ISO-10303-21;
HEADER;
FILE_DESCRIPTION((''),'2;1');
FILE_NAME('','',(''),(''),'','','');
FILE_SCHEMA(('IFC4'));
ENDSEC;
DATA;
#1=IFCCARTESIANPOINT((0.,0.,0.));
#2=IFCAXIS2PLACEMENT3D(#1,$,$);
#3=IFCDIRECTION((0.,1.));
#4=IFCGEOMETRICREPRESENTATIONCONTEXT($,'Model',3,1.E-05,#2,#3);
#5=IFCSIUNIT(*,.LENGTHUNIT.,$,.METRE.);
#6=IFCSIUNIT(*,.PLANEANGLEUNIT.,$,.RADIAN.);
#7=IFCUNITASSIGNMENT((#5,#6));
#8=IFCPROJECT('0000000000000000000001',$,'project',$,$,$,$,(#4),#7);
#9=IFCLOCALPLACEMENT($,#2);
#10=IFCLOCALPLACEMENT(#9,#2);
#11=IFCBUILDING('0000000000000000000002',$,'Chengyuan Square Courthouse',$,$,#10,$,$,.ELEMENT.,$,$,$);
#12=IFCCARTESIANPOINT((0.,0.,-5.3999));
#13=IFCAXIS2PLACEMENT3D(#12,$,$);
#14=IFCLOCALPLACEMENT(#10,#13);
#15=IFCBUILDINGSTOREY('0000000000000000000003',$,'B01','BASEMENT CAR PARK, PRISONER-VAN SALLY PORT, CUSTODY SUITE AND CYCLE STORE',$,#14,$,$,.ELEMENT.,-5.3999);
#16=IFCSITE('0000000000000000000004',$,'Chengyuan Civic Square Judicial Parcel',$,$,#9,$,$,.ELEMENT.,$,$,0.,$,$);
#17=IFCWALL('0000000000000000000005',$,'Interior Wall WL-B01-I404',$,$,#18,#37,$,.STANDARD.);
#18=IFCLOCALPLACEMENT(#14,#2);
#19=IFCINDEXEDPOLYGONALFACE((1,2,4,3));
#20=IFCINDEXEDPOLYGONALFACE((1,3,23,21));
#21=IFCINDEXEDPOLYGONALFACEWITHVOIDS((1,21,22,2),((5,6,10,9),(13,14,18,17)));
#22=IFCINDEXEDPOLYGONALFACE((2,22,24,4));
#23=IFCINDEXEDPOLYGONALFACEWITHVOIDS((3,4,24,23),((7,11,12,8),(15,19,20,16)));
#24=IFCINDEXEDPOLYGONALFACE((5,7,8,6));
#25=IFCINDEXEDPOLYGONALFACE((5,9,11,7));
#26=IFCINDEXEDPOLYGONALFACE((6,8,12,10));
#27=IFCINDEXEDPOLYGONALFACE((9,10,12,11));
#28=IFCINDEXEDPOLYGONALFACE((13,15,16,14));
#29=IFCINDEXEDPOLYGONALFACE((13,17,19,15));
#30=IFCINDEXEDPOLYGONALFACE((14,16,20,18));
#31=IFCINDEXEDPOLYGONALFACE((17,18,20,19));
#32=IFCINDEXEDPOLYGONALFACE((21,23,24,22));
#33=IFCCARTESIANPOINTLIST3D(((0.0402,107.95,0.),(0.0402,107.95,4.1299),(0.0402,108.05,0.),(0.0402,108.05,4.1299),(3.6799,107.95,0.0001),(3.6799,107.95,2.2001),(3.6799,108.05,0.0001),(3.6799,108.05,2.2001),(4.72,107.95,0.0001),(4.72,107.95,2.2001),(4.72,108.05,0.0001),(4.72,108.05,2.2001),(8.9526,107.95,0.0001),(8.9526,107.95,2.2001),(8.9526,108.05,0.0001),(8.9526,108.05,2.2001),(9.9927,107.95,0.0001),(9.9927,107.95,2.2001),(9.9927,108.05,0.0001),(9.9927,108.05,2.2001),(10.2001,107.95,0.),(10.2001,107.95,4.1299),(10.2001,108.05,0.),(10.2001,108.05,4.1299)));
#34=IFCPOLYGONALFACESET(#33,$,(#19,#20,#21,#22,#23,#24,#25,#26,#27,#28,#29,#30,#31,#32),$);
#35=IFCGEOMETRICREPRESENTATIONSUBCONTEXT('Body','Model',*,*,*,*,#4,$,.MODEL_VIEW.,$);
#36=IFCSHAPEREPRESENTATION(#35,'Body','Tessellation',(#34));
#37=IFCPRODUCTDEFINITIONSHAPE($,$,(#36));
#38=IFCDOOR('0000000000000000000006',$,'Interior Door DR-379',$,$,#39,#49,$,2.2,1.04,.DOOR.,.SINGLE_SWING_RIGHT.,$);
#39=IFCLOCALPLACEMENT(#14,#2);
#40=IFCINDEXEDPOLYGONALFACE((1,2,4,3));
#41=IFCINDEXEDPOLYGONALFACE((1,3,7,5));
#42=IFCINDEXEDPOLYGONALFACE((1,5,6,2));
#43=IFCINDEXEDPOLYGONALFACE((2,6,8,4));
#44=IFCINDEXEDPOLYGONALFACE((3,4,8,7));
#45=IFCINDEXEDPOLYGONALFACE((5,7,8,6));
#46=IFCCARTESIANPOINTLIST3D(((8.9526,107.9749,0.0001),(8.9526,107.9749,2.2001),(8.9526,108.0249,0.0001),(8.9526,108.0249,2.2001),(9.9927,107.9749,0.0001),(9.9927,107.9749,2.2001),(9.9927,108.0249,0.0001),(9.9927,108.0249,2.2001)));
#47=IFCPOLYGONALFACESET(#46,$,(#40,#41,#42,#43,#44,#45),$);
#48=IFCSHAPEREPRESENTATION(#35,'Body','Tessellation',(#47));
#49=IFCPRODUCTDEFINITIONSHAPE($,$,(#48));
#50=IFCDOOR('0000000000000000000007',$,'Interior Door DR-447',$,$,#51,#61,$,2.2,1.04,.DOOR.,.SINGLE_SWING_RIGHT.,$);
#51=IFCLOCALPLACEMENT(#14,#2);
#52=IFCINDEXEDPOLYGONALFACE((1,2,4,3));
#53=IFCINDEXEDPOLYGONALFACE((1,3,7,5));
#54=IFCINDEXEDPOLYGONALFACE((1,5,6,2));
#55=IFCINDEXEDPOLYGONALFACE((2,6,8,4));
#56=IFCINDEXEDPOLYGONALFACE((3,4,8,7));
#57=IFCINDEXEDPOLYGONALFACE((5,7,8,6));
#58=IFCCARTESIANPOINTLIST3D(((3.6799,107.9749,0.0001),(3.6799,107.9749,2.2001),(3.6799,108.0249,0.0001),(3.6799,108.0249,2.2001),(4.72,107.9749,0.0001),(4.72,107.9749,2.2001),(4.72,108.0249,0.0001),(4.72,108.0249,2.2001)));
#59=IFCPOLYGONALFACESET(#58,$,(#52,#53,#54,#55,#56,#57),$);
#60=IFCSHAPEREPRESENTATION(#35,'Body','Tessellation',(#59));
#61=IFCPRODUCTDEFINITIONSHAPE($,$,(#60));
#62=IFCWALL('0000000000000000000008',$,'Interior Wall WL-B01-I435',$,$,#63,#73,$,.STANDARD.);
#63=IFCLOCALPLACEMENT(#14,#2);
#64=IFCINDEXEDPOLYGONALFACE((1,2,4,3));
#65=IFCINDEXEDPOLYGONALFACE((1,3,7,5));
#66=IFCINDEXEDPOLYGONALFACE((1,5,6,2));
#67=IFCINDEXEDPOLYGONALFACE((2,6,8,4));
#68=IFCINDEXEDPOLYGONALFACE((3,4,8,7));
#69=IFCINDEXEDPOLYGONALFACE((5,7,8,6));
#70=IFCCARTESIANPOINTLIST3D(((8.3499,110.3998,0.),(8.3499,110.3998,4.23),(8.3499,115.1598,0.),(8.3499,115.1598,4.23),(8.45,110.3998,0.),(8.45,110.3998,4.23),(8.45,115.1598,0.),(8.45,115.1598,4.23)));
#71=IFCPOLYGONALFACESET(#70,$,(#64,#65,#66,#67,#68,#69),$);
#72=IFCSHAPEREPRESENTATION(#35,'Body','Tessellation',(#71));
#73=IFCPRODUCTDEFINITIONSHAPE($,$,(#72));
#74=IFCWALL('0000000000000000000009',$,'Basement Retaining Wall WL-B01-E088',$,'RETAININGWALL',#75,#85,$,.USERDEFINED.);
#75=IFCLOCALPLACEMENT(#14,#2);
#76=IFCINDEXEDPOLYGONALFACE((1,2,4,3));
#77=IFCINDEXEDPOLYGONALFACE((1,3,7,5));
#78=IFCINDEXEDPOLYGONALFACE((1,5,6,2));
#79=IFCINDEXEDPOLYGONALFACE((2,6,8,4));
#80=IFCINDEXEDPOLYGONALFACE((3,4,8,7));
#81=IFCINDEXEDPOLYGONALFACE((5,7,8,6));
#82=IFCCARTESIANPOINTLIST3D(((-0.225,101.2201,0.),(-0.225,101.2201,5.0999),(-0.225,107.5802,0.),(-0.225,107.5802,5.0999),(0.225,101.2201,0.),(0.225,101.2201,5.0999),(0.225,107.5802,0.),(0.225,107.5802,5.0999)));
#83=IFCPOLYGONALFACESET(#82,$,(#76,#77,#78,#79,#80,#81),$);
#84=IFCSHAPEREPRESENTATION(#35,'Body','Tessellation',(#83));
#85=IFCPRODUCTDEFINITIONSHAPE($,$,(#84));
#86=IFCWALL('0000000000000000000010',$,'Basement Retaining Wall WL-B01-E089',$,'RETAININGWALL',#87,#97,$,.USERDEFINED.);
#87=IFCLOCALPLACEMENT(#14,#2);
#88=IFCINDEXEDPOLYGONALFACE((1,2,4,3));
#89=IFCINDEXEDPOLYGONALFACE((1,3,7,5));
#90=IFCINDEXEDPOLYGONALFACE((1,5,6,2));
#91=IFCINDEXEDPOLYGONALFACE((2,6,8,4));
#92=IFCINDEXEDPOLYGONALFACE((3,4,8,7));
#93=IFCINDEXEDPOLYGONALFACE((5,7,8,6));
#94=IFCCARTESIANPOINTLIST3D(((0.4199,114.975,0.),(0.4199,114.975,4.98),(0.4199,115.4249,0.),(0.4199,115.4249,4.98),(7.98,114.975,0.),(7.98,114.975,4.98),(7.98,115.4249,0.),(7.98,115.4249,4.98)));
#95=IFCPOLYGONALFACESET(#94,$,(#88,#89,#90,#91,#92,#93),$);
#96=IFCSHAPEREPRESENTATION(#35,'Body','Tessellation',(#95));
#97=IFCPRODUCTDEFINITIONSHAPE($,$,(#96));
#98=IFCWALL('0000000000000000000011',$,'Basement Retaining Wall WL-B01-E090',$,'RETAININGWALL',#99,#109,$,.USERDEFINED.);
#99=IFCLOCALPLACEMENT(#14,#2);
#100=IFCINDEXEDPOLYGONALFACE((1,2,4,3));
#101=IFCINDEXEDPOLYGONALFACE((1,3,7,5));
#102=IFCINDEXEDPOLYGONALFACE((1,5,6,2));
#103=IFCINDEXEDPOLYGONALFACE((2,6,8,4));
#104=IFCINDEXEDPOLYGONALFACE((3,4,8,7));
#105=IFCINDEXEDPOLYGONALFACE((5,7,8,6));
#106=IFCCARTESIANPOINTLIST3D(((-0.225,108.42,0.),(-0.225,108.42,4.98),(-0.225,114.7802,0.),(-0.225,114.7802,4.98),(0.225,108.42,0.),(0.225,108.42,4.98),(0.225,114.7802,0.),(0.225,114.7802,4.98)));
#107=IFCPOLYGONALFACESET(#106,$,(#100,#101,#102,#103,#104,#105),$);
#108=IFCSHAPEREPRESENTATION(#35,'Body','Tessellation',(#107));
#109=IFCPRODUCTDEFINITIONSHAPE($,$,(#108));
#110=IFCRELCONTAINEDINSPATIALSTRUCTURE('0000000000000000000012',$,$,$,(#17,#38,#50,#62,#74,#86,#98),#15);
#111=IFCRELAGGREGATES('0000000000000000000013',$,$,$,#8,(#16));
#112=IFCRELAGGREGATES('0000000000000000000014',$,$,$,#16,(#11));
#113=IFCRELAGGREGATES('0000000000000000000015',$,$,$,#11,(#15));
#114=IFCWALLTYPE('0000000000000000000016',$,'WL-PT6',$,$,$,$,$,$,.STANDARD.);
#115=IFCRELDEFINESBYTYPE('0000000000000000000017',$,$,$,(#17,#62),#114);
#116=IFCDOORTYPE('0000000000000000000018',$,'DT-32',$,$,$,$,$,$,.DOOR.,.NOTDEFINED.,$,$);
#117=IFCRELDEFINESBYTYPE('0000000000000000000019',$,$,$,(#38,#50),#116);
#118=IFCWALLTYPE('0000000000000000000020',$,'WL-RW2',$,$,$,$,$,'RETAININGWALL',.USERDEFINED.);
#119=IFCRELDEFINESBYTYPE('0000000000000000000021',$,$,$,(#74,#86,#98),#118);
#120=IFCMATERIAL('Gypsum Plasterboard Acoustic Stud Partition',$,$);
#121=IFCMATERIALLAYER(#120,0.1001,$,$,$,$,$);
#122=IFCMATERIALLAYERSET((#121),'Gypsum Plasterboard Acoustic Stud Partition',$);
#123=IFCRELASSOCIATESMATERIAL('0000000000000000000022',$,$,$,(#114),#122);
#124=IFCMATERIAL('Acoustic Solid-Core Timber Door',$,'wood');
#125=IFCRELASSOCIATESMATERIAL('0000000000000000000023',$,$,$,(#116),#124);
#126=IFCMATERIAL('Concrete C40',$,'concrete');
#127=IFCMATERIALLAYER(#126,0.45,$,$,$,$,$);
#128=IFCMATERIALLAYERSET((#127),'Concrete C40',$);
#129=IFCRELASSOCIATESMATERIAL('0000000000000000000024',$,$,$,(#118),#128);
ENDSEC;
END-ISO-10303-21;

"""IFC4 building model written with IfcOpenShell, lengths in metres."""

from ifc_helpers import new_model, si_unit, direction, frame, frame_2d, origin, place, context, subcontext, project, spatial, rectangle, extrude, material, layer, layer_set, type_object, element, fill, save


model = new_model("IFC4")

# Units and contexts
model_context = context("Model", 3, precision=1e-05, world=origin(), true_north=direction((0.0, 1.0)))
body_context = subcontext(model_context, "Body", "Model", "MODEL_VIEW")
ifc_project = project(units=[si_unit("LENGTHUNIT", "METRE"), si_unit("PLANEANGLEUNIT", "RADIAN")], contexts=[model_context])

# Site, building, storey
site_placement = place(None, origin())
site = spatial("IfcSite", under=ifc_project, at=site_placement, Name="Chengyuan Civic Square Judicial Parcel", CompositionType="ELEMENT", RefElevation=0.0)
building_placement = place(site_placement, origin())
building = spatial("IfcBuilding", under=site, at=building_placement, Name="Chengyuan Square Courthouse", CompositionType="ELEMENT")
storey_placement = place(building_placement, frame((0.0, 0.0, -5.3999)))
storey = spatial("IfcBuildingStorey", under=building, at=storey_placement, Name="B01", Description="BASEMENT CAR PARK, PRISONER-VAN SALLY PORT, CUSTODY SUITE AND CYCLE STORE", CompositionType="ELEMENT", Elevation=-5.3999)

# Shared definitions
ifc_material_1 = material(Name="Concrete C40", Category="concrete")

# Shared definitions
ifc_material_2 = material(Name="Gypsum Plasterboard Acoustic Stud Partition")
ifc_layer_1 = layer(ifc_material_2, 0.1001)
ifc_layer_set_1 = layer_set([ifc_layer_1], Name="Gypsum Plasterboard Acoustic Stud Partition")
wall_type_1 = type_object("IfcWallType", Name="WL-PT6", PredefinedType="STANDARD", material=ifc_layer_set_1)
ifc_material_3 = material(Name="Acoustic Solid-Core Timber Door", Category="wood")

# Wall, openings, doors
wall_1_placement = place(storey_placement, frame((0.04, 108.0, 0.0), z_axis=(0.0, 0.0, 1.0), x_axis=(1.0, 0.0, 0.0)))
wall_1 = element("IfcWall", 1, at=wall_1_placement, inside=storey, type_object=wall_type_1, Name="Interior Wall WL-B01-I404", PredefinedType="STANDARD", context=body_context, shape_type="SweptSolid", body=[
    extrude(rectangle(XDim=10.1599, YDim=0.1001, at=frame_2d((5.0801, 0.0))), origin(), (0.0, 0.0, 1.0), 4.1299),
])
opening_1_placement = place(wall_1_placement, frame((8.9126, 0.0, 0.0)))
opening_1 = element("IfcOpeningElement", 2, at=opening_1_placement, cuts=wall_1, PredefinedType="OPENING", context=body_context, shape_type="SweptSolid", body=[
    extrude(rectangle(XDim=1.04, YDim=2.2, at=frame_2d((0.52, 1.1001))), frame((0.0, 0.062, 0.0), z_axis=(0.0, -1.0, 0.0), x_axis=(1.0, 0.0, 0.0)), (0.0, 0.0, 1.0), 0.124),
])
opening_2_placement = place(wall_1_placement, frame((3.6399, 0.0, 0.0)))
opening_2 = element("IfcOpeningElement", 3, at=opening_2_placement, cuts=wall_1, PredefinedType="OPENING", context=body_context, shape_type="SweptSolid", body=[
    extrude(rectangle(XDim=1.04, YDim=2.2, at=frame_2d((0.52, 1.1001))), frame((0.0, 0.062, 0.0), z_axis=(0.0, -1.0, 0.0), x_axis=(1.0, 0.0, 0.0)), (0.0, 0.0, 1.0), 0.124),
])
door_type_1 = type_object("IfcDoorType", Name="DT-32", OperationType="NOTDEFINED", PredefinedType="DOOR", material=ifc_material_3)
door_1_placement = place(opening_1_placement, origin())
door_1 = element("IfcDoor", 4, at=door_1_placement, inside=storey, type_object=door_type_1, Name="Interior Door DR-379", OperationType="SINGLE_SWING_RIGHT", OverallHeight=2.2, OverallWidth=1.04, PredefinedType="DOOR", context=body_context, shape_type="SweptSolid", body=[
    extrude(rectangle(XDim=1.04, YDim=2.2, at=frame_2d((0.52, 1.1001))), frame((0.0, 0.0249, 0.0), z_axis=(0.0, -1.0, 0.0), x_axis=(1.0, 0.0, 0.0)), (0.0, 0.0, 1.0), 0.05),
])
fill(opening_1, door_1)
door_2_placement = place(opening_2_placement, origin())
door_2 = element("IfcDoor", 5, at=door_2_placement, inside=storey, type_object=door_type_1, Name="Interior Door DR-447", OperationType="SINGLE_SWING_RIGHT", OverallHeight=2.2, OverallWidth=1.04, PredefinedType="DOOR", context=body_context, shape_type="SweptSolid", body=[
    extrude(rectangle(XDim=1.04, YDim=2.2, at=frame_2d((0.52, 1.1001))), frame((0.0, 0.0249, 0.0), z_axis=(0.0, -1.0, 0.0), x_axis=(1.0, 0.0, 0.0)), (0.0, 0.0, 1.0), 0.05),
])
fill(opening_2, door_2)

# Walls
wall_2_placement = place(storey_placement, frame((8.3999, 110.3999, 0.0), z_axis=(0.0, 0.0, 1.0), x_axis=(0.0, 1.0, 0.0)))
element("IfcWall", 6, at=wall_2_placement, inside=storey, type_object=wall_type_1, Name="Interior Wall WL-B01-I435", PredefinedType="STANDARD", context=body_context, shape_type="SweptSolid", body=[
    extrude(rectangle(XDim=4.76, YDim=0.1001, at=frame_2d((2.3799, 0.0))), origin(), (0.0, 0.0, 1.0), 4.23),
])
ifc_layer_2 = layer(ifc_material_1, 0.45)
ifc_layer_set_2 = layer_set([ifc_layer_2], Name="Concrete C40")
wall_type_2 = type_object("IfcWallType", Name="WL-RW2", ElementType="RETAININGWALL", PredefinedType="USERDEFINED", material=ifc_layer_set_2)
wall_3_placement = place(storey_placement, frame((0.0, 101.22, 0.0), z_axis=(0.0, 0.0, 1.0), x_axis=(0.0, 1.0, 0.0)))
element("IfcWall", 7, at=wall_3_placement, inside=storey, type_object=wall_type_2, Name="Basement Retaining Wall WL-B01-E088", ObjectType="RETAININGWALL", PredefinedType="USERDEFINED", context=body_context, shape_type="SweptSolid", body=[
    extrude(rectangle(XDim=6.3601, YDim=0.45, at=frame_2d((3.1802, 0.0))), origin(), (0.0, 0.0, 1.0), 5.0999),
])
wall_4_placement = place(storey_placement, frame((0.4199, 115.2, 0.0), z_axis=(0.0, 0.0, 1.0), x_axis=(1.0, 0.0, 0.0)))
element("IfcWall", 8, at=wall_4_placement, inside=storey, type_object=wall_type_2, Name="Basement Retaining Wall WL-B01-E089", ObjectType="RETAININGWALL", PredefinedType="USERDEFINED", context=body_context, shape_type="SweptSolid", body=[
    extrude(rectangle(XDim=7.5601, YDim=0.45, at=frame_2d((3.78, 0.0))), origin(), (0.0, 0.0, 1.0), 4.98),
])
wall_5_placement = place(storey_placement, frame((0.0, 108.4199, 0.0), z_axis=(0.0, 0.0, 1.0), x_axis=(0.0, 1.0, 0.0)))
element("IfcWall", 9, at=wall_5_placement, inside=storey, type_object=wall_type_2, Name="Basement Retaining Wall WL-B01-E090", ObjectType="RETAININGWALL", PredefinedType="USERDEFINED", context=body_context, shape_type="SweptSolid", body=[
    extrude(rectangle(XDim=6.3601, YDim=0.45, at=frame_2d((3.1802, 0.0))), origin(), (0.0, 0.0, 1.0), 4.98),
])

save(model, "model.ifc")
